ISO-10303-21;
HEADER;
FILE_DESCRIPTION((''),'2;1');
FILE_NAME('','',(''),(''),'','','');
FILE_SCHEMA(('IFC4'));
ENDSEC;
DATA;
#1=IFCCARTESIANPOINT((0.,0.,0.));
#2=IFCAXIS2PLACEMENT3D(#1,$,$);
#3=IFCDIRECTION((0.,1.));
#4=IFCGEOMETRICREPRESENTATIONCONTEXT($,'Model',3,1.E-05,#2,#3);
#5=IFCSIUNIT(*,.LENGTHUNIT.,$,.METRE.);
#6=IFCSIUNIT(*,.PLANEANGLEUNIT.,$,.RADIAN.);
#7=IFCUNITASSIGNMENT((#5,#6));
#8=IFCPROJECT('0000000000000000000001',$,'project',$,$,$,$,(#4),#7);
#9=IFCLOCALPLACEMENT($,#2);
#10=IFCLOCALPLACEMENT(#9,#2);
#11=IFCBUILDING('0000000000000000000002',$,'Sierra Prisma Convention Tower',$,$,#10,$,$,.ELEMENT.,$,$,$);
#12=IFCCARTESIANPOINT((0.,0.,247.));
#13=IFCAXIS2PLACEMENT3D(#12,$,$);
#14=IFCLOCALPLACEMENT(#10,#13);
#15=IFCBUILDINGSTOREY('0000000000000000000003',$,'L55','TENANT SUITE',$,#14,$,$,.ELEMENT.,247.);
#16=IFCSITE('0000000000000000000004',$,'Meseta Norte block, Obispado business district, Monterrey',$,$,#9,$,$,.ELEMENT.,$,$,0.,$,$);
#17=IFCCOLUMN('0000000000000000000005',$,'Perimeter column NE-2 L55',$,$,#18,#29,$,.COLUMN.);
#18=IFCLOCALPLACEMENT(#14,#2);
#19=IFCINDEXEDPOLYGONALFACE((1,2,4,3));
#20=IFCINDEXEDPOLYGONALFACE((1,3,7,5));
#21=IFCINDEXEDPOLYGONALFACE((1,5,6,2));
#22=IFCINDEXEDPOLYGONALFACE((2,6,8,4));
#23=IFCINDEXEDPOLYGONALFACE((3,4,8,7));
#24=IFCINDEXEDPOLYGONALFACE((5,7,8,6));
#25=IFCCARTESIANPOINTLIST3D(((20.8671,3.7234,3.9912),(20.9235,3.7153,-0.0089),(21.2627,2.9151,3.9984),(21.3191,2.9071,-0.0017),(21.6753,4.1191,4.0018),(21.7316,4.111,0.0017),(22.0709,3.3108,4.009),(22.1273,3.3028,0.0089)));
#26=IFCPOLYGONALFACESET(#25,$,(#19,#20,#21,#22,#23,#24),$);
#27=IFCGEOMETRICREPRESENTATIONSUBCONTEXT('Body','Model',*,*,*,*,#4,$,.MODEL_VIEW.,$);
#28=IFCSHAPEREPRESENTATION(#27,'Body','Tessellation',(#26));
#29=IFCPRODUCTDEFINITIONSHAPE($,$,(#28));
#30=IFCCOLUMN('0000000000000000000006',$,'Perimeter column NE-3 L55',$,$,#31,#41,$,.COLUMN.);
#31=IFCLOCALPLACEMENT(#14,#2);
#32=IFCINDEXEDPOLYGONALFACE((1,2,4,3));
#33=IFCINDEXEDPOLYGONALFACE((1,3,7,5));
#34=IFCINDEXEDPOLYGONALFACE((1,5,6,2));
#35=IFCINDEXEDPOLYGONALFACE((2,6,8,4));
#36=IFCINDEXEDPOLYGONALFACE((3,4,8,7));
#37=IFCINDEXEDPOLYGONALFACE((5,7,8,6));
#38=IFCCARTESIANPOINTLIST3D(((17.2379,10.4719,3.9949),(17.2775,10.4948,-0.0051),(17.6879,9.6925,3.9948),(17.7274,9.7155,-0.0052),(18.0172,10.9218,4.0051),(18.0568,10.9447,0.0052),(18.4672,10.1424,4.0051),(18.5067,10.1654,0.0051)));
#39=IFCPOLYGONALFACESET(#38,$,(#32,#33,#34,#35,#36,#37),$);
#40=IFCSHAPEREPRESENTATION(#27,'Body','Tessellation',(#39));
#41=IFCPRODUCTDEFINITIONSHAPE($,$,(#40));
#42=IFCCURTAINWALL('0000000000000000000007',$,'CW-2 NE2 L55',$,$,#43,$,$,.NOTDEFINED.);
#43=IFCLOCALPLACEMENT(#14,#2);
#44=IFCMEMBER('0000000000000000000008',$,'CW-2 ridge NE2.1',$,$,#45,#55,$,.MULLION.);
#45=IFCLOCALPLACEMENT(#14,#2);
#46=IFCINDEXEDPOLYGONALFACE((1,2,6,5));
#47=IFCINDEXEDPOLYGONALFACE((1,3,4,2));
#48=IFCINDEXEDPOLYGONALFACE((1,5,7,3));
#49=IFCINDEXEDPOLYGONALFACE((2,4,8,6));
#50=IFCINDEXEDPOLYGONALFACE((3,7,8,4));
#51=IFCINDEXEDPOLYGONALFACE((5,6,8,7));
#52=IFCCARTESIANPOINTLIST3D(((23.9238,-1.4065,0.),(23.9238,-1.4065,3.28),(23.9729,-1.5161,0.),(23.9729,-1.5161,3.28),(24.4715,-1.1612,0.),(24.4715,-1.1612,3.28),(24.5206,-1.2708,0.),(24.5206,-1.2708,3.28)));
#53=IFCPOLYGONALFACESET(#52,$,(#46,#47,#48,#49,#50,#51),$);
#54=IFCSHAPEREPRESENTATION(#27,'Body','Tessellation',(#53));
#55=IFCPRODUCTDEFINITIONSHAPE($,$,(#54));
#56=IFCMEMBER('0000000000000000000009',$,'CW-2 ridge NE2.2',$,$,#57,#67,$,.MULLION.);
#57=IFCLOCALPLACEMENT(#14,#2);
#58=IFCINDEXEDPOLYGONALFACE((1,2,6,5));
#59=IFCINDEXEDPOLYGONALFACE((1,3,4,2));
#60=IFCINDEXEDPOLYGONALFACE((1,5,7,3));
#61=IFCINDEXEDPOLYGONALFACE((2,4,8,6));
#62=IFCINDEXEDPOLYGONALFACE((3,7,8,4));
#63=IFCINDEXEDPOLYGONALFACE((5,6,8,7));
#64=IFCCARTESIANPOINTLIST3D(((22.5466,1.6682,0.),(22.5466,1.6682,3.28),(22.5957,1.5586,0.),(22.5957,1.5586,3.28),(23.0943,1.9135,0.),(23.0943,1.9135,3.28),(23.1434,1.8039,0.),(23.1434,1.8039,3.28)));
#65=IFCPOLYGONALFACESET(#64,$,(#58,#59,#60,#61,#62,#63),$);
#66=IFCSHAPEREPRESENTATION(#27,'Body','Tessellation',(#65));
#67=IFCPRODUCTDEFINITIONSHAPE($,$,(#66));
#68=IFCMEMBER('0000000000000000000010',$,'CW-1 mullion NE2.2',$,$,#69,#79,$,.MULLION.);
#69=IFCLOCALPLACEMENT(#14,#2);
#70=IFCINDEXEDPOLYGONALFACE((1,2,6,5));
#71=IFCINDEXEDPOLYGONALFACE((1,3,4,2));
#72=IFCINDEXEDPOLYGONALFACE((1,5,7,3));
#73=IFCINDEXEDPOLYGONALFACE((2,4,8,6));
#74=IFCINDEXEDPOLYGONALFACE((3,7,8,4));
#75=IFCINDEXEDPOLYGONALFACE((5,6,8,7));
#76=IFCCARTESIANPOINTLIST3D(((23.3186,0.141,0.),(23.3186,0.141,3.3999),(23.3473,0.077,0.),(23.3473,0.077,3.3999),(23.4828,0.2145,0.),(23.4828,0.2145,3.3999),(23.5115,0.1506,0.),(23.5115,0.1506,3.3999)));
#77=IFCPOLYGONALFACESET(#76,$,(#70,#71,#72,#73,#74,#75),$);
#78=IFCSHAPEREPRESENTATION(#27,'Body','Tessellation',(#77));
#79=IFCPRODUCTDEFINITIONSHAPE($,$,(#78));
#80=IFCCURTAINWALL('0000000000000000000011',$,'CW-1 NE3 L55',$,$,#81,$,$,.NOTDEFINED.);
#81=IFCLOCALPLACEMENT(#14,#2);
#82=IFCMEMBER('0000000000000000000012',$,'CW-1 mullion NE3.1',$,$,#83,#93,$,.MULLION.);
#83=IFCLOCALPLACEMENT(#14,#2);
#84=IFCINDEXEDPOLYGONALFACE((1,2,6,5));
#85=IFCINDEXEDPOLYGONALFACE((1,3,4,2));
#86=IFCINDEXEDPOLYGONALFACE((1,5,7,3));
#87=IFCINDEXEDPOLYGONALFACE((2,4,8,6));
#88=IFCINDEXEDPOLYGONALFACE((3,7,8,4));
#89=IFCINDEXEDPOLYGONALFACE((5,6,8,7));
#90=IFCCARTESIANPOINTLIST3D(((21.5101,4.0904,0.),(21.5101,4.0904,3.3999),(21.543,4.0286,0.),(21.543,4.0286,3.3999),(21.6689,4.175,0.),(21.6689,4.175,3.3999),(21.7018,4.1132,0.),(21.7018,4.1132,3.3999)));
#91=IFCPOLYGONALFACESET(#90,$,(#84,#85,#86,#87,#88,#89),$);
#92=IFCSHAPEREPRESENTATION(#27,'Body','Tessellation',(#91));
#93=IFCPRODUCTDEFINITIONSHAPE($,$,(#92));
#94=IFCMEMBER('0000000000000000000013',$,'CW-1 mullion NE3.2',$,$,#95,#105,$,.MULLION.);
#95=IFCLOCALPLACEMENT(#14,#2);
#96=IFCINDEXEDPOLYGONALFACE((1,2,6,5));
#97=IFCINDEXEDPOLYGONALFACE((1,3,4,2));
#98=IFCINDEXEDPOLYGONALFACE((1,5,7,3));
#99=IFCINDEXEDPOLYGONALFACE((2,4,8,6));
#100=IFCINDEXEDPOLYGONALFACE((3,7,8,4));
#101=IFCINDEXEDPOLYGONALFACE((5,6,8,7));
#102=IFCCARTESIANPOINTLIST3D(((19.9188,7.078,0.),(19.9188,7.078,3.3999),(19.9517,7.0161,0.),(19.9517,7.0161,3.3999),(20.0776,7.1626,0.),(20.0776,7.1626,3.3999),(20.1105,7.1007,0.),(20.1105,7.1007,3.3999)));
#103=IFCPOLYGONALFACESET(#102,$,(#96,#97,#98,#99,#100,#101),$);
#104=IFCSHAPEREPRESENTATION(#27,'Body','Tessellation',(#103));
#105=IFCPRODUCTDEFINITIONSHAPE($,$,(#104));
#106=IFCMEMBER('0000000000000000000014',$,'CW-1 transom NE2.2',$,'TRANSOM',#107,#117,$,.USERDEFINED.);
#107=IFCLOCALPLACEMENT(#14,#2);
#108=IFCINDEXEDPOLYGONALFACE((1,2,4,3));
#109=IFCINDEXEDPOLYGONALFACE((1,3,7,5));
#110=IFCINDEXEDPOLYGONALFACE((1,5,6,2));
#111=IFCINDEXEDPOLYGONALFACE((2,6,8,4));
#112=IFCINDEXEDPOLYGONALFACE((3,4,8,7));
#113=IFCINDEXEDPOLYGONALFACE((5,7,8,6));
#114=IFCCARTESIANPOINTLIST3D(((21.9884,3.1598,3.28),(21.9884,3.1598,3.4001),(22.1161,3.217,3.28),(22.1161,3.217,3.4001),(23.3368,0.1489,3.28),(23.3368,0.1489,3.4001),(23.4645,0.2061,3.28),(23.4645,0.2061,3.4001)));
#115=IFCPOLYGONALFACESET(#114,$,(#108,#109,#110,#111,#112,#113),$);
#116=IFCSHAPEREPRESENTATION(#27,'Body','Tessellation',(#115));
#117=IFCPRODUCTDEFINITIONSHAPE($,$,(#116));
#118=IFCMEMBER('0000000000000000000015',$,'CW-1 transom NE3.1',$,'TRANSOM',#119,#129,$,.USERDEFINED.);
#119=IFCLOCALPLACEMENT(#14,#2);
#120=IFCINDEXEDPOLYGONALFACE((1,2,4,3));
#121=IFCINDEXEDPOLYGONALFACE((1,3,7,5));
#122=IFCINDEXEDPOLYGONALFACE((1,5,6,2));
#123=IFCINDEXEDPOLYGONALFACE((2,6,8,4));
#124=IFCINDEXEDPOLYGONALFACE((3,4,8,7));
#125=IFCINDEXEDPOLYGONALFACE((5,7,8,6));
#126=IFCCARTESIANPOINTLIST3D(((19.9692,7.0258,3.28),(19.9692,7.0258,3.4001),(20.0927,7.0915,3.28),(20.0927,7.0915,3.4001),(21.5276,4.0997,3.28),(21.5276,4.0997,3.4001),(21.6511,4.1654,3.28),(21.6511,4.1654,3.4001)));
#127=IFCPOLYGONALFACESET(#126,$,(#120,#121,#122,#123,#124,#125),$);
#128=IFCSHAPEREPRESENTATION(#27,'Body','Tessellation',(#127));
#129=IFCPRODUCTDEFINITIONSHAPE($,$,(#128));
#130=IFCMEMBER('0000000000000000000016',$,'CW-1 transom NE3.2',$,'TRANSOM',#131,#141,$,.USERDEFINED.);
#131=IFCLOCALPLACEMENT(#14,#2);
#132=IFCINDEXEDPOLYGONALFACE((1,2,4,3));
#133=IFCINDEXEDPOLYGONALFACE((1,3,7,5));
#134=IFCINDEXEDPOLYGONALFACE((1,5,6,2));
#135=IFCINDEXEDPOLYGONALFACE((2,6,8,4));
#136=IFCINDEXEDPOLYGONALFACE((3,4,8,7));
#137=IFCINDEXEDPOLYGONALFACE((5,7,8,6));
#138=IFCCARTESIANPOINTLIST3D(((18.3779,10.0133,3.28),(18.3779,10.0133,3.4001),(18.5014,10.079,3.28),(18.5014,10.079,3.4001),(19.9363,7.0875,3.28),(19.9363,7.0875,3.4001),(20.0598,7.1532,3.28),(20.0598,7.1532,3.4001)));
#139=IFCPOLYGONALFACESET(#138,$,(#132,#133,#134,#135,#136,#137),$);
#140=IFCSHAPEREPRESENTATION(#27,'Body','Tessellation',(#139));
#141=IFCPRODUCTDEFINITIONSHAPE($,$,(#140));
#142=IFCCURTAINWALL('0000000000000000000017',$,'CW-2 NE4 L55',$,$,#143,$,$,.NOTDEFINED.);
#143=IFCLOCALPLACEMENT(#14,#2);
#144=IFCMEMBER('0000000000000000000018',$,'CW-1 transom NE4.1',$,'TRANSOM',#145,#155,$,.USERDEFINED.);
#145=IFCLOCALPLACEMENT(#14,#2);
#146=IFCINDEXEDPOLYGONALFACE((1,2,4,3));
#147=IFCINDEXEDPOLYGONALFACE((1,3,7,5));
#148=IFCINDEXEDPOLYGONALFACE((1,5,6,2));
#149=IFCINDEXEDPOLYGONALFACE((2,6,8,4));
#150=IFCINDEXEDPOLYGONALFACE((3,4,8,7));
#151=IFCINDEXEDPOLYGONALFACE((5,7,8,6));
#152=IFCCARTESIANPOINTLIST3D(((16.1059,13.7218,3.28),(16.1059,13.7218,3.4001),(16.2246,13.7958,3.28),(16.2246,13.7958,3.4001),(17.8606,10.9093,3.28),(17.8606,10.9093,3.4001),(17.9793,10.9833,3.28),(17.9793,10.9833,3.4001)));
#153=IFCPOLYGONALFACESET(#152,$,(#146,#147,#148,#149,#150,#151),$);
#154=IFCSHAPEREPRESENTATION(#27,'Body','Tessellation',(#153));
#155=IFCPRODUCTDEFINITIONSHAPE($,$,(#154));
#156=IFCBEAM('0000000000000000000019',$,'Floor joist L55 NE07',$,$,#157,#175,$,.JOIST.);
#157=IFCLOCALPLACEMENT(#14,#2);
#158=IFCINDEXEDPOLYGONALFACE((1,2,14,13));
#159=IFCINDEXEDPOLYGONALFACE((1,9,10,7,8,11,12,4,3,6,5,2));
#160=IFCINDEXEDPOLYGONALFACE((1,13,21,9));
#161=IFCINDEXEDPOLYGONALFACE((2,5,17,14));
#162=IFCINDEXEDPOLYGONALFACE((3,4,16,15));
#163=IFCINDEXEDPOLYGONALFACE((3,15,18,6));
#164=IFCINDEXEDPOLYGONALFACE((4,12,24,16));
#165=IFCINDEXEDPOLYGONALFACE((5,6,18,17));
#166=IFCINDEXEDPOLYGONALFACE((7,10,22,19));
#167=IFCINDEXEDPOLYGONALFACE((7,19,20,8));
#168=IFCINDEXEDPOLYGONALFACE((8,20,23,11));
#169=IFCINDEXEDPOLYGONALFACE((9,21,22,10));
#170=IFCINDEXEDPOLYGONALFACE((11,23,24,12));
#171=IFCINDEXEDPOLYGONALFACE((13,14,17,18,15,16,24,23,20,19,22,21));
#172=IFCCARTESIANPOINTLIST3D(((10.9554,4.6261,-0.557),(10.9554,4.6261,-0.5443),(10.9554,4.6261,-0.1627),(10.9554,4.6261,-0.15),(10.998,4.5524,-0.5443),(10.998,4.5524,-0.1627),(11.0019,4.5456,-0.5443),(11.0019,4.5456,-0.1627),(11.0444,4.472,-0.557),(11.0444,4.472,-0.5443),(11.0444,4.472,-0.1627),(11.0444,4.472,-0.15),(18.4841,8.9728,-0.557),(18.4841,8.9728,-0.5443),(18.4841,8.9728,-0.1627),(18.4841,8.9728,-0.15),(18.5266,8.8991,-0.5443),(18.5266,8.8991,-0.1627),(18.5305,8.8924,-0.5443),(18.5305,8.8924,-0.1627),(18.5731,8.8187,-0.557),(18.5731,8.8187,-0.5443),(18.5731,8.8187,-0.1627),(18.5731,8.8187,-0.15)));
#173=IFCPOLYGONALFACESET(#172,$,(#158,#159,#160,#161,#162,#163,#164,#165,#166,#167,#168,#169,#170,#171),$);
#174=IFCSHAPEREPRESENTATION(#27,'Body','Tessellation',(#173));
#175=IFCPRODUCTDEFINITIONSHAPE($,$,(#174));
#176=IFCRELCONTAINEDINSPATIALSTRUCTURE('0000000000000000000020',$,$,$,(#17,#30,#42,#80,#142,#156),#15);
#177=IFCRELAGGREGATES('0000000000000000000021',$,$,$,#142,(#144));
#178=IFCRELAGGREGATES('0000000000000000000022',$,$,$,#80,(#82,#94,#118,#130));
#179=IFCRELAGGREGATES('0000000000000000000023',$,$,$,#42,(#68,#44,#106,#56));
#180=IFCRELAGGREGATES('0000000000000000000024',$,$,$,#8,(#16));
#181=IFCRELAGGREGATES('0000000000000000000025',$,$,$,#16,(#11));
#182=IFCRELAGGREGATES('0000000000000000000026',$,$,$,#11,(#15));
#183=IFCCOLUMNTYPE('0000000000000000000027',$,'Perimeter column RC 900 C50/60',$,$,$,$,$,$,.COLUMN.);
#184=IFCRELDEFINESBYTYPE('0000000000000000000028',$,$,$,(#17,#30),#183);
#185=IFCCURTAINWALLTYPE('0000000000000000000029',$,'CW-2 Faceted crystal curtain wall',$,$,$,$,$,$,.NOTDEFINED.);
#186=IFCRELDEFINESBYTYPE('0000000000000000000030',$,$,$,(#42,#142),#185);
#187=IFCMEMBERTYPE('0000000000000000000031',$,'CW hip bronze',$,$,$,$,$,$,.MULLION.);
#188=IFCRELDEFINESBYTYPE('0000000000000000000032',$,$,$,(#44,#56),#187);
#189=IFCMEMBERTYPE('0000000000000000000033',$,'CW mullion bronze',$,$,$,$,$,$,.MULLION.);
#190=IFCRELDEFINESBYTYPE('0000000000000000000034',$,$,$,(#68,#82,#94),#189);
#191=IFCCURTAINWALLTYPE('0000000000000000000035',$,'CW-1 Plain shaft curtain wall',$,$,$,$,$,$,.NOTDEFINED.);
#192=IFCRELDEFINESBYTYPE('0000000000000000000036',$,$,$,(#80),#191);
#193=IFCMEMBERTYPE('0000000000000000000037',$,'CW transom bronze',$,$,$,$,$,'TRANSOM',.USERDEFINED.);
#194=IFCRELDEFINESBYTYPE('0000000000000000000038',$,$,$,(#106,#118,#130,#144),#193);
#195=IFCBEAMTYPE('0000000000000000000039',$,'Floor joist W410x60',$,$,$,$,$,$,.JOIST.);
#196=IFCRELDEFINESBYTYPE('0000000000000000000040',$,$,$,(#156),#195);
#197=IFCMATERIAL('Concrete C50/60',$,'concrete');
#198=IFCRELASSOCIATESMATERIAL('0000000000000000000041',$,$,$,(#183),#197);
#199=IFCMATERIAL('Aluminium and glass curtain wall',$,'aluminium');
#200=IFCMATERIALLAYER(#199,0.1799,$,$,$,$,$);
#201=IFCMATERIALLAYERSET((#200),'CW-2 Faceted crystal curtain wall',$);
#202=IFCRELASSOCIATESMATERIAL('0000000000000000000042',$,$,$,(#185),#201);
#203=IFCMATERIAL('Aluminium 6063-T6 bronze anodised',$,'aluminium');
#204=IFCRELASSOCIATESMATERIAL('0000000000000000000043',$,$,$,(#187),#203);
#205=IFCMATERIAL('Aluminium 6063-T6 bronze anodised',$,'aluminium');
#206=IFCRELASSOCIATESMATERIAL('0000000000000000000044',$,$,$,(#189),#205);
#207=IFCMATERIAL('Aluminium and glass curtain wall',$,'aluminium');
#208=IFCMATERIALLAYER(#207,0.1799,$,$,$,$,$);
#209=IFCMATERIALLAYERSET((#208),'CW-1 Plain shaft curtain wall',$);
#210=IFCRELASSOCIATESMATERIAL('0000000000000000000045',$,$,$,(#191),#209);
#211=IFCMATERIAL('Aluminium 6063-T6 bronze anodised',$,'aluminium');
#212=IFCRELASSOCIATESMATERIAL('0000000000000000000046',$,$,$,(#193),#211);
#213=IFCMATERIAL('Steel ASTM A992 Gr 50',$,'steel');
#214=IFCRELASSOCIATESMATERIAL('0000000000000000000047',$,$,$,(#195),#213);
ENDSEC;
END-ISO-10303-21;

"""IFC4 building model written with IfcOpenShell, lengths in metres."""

from ifc_helpers import new_model, si_unit, direction, frame, origin, origin_2d, place, context, subcontext, project, spatial, rectangle, i_section, extrude, material, layer, layer_set, material_profile, profile_set, type_object, element, aggregate, save


model = new_model("IFC4")

# Units and contexts
model_context = context("Model", 3, precision=1e-05, world=origin(), true_north=direction((0.0, 1.0)))
body_context = subcontext(model_context, "Body", "Model", "MODEL_VIEW")
ifc_project = project(units=[si_unit("LENGTHUNIT", "METRE"), si_unit("PLANEANGLEUNIT", "RADIAN")], contexts=[model_context])

# Site, building, storey
site_placement = place(None, origin())
site = spatial("IfcSite", under=ifc_project, at=site_placement, Name="Meseta Norte block, Obispado business district, Monterrey", CompositionType="ELEMENT", RefElevation=0.0)
building_placement = place(site_placement, origin())
building = spatial("IfcBuilding", under=site, at=building_placement, Name="Sierra Prisma Convention Tower", CompositionType="ELEMENT")
storey_placement = place(building_placement, frame((0.0, 0.0, 247.0)))
storey = spatial("IfcBuildingStorey", under=building, at=storey_placement, Name="L55", Description="TENANT SUITE", CompositionType="ELEMENT", Elevation=247.0)

# Columns
ifc_material_1 = material(Name="Concrete C50/60", Category="concrete")
ifc_material_profile_1 = material_profile(ifc_material_1, rectangle(XDim=0.8999, YDim=0.8999, at=origin_2d()), Name="Perimeter column RC 900 C50/60")
ifc_profile_set_1 = profile_set([ifc_material_profile_1], Name="Concrete C50/60")
column_type = type_object("IfcColumnType", Name="Perimeter column RC 900 C50/60", PredefinedType="COLUMN", material=ifc_profile_set_1)
column_1_placement = place(storey_placement, frame((21.5254, 3.509, 0.0), z_axis=(-0.014098, 0.002014, 0.999899), x_axis=(-0.439656, 0.898131, -0.008008)))
element("IfcColumn", 1, at=column_1_placement, inside=storey, type_object=column_type, Name="Perimeter column NE-2 L55", PredefinedType="COLUMN", context=body_context, shape_type="SweptSolid", body=[
    extrude(rectangle(XDim=0.8999, YDim=0.8999, at=origin_2d()), origin(), (0.0, 0.0, 1.0), 4.0005),
])
column_2_placement = place(storey_placement, frame((17.8921, 10.3301, 0.0), z_axis=(-0.009887, -0.005737, 0.999935), x_axis=(-0.499976, 0.86604, 0.000025)))
element("IfcColumn", 2, at=column_2_placement, inside=storey, type_object=column_type, Name="Perimeter column NE-3 L55", PredefinedType="COLUMN", context=body_context, shape_type="SweptSolid", body=[
    extrude(rectangle(XDim=0.8999, YDim=0.8999, at=origin_2d()), origin(), (0.0, 0.0, 1.0), 4.0002),
])

# Curtain walls, members
ifc_material_2 = material(Name="Aluminium and glass curtain wall", Category="aluminium")
ifc_layer_1 = layer(ifc_material_2, 0.1799)
ifc_layer_set_1 = layer_set([ifc_layer_1], Name="CW-2 Faceted crystal curtain wall")
curtain_wall_type_1 = type_object("IfcCurtainWallType", Name="CW-2 Faceted crystal curtain wall", PredefinedType="NOTDEFINED", material=ifc_layer_set_1)
curtain_wall_1_placement = place(storey_placement, origin())
curtain_wall_1 = element("IfcCurtainWall", 3, at=curtain_wall_1_placement, inside=storey, type_object=curtain_wall_type_1, Name="CW-2 NE2 L55", PredefinedType="NOTDEFINED")
ifc_material_3 = material(Name="Aluminium 6063-T6 bronze anodised", Category="aluminium")
ifc_material_profile_2 = material_profile(ifc_material_3, rectangle(XDim=0.1201, YDim=0.6001, at=origin_2d()), Name="ALU RIDGE BLADE 120x600")
ifc_profile_set_2 = profile_set([ifc_material_profile_2], Name="Aluminium 6063-T6 bronze anodised")
member_type_1 = type_object("IfcMemberType", Name="CW hip bronze", PredefinedType="MULLION", material=ifc_profile_set_2)
member_1_placement = place(storey_placement, frame((24.2222, -1.3386, 0.0), z_axis=(0.0, 0.0, 1.0), x_axis=(-0.408762, 0.912641, 0.0)))
member_1 = element("IfcMember", 4, at=member_1_placement, type_object=member_type_1, Name="CW-2 ridge NE2.1", PredefinedType="MULLION", context=body_context, shape_type="SweptSolid", body=[
    extrude(rectangle(XDim=0.1201, YDim=0.6001, at=origin_2d()), origin(), (0.0, 0.0, 1.0), 3.28),
])
member_2_placement = place(storey_placement, frame((22.845, 1.7361, 0.0), z_axis=(0.0, 0.0, 1.0), x_axis=(-0.408762, 0.912641, 0.0)))
member_2 = element("IfcMember", 5, at=member_2_placement, type_object=member_type_1, Name="CW-2 ridge NE2.2", PredefinedType="MULLION", context=body_context, shape_type="SweptSolid", body=[
    extrude(rectangle(XDim=0.1201, YDim=0.6001, at=origin_2d()), origin(), (0.0, 0.0, 1.0), 3.28),
])
ifc_material_4 = material(Name="Aluminium 6063-T6 bronze anodised", Category="aluminium")
ifc_material_profile_3 = material_profile(ifc_material_4, rectangle(XDim=0.1799, YDim=0.0701, at=origin_2d()), Name="ALU MULLION 70x180")
ifc_profile_set_3 = profile_set([ifc_material_profile_3], Name="Aluminium 6063-T6 bronze anodised")
member_type_2 = type_object("IfcMemberType", Name="CW mullion bronze", PredefinedType="MULLION", material=ifc_profile_set_3)
member_3_placement = place(storey_placement, frame((23.415, 0.1458, 0.0), z_axis=(0.0, 0.0, 1.0), x_axis=(-0.912641, -0.408762, 0.0)))
member_3 = element("IfcMember", 6, at=member_3_placement, type_object=member_type_2, Name="CW-1 mullion NE2.2", PredefinedType="MULLION", context=body_context, shape_type="SweptSolid", body=[
    extrude(rectangle(XDim=0.1799, YDim=0.0701, at=origin_2d()), origin(), (0.0, 0.0, 1.0), 3.3999),
])
ifc_material_5 = material(Name="Aluminium and glass curtain wall", Category="aluminium")
ifc_layer_2 = layer(ifc_material_5, 0.1799)
ifc_layer_set_2 = layer_set([ifc_layer_2], Name="CW-1 Plain shaft curtain wall")
curtain_wall_type_2 = type_object("IfcCurtainWallType", Name="CW-1 Plain shaft curtain wall", PredefinedType="NOTDEFINED", material=ifc_layer_set_2)
curtain_wall_2_placement = place(storey_placement, origin())
curtain_wall_2 = element("IfcCurtainWall", 7, at=curtain_wall_2_placement, inside=storey, type_object=curtain_wall_type_2, Name="CW-1 NE3 L55", PredefinedType="NOTDEFINED")
member_4_placement = place(storey_placement, frame((21.606, 4.1018, 0.0), z_axis=(0.0, 0.0, 1.0), x_axis=(-0.8826, -0.470124, 0.0)))
member_4 = element("IfcMember", 8, at=member_4_placement, type_object=member_type_2, Name="CW-1 mullion NE3.1", PredefinedType="MULLION", context=body_context, shape_type="SweptSolid", body=[
    extrude(rectangle(XDim=0.1799, YDim=0.0701, at=origin_2d()), origin(), (0.0, 0.0, 1.0), 3.3999),
])
member_5_placement = place(storey_placement, frame((20.0146, 7.0894, 0.0), z_axis=(0.0, 0.0, 1.0), x_axis=(-0.8826, -0.470124, 0.0)))
member_5 = element("IfcMember", 9, at=member_5_placement, type_object=member_type_2, Name="CW-1 mullion NE3.2", PredefinedType="MULLION", context=body_context, shape_type="SweptSolid", body=[
    extrude(rectangle(XDim=0.1799, YDim=0.0701, at=origin_2d()), origin(), (0.0, 0.0, 1.0), 3.3999),
])

# Members
ifc_material_6 = material(Name="Aluminium 6063-T6 bronze anodised", Category="aluminium")
ifc_material_profile_4 = material_profile(ifc_material_6, rectangle(XDim=0.1399, YDim=0.1201, at=origin_2d()), Name="ALU TRANSOM 120x140")
ifc_profile_set_4 = profile_set([ifc_material_profile_4], Name="Aluminium 6063-T6 bronze anodised")
member_type_3 = type_object("IfcMemberType", Name="CW transom bronze", ElementType="TRANSOM", PredefinedType="USERDEFINED", material=ifc_profile_set_4)
member_6_placement = place(storey_placement, frame((23.4006, 0.1775, 3.3401), z_axis=(-0.408712, 0.912664, 0.0), x_axis=(-0.912664, -0.408712, 0.0)))
member_6 = element("IfcMember", 10, at=member_6_placement, type_object=member_type_3, Name="CW-1 transom NE2.2", ObjectType="TRANSOM", PredefinedType="USERDEFINED", context=body_context, shape_type="SweptSolid", body=[
    extrude(rectangle(XDim=0.1399, YDim=0.1201, at=origin_2d()), origin(), (0.0, 0.0, 1.0), 3.2991),
])
member_7_placement = place(storey_placement, frame((21.5894, 4.1326, 3.3401), z_axis=(-0.470072, 0.882628, 0.0), x_axis=(-0.882628, -0.470072, 0.0)))
member_7 = element("IfcMember", 11, at=member_7_placement, type_object=member_type_3, Name="CW-1 transom NE3.1", ObjectType="TRANSOM", PredefinedType="USERDEFINED", context=body_context, shape_type="SweptSolid", body=[
    extrude(rectangle(XDim=0.1399, YDim=0.1201, at=origin_2d()), origin(), (0.0, 0.0, 1.0), 3.3152),
])
member_8_placement = place(storey_placement, frame((19.998, 7.1204, 3.3401), z_axis=(-0.470103, 0.882612, 0.0), x_axis=(-0.882612, -0.470103, 0.0)))
member_8 = element("IfcMember", 12, at=member_8_placement, type_object=member_type_3, Name="CW-1 transom NE3.2", ObjectType="TRANSOM", PredefinedType="USERDEFINED", context=body_context, shape_type="SweptSolid", body=[
    extrude(rectangle(XDim=0.1399, YDim=0.1201, at=origin_2d()), origin(), (0.0, 0.0, 1.0), 3.3149),
])

# Curtain wall, member
curtain_wall_3_placement = place(storey_placement, origin())
curtain_wall_3 = element("IfcCurtainWall", 13, at=curtain_wall_3_placement, inside=storey, type_object=curtain_wall_type_1, Name="CW-2 NE4 L55", PredefinedType="NOTDEFINED")
member_9_placement = place(storey_placement, frame((17.9199, 10.9463, 3.3401), z_axis=(-0.52931, 0.848428, 0.0), x_axis=(-0.848428, -0.52931, 0.0)))
member_9 = element("IfcMember", 14, at=member_9_placement, type_object=member_type_3, Name="CW-1 transom NE4.1", ObjectType="TRANSOM", PredefinedType="USERDEFINED", context=body_context, shape_type="SweptSolid", body=[
    extrude(rectangle(XDim=0.1399, YDim=0.1201, at=origin_2d()), origin(), (0.0, 0.0, 1.0), 3.3149),
])
aggregate(curtain_wall_3, [member_9])

# Beam
ifc_material_7 = material(Name="Steel ASTM A992 Gr 50", Category="steel")
ifc_material_profile_5 = material_profile(ifc_material_7, i_section(OverallWidth=0.178, OverallDepth=0.407, WebThickness=0.0078, FlangeThickness=0.0127, at=origin_2d()), Name="W410x60")
ifc_profile_set_5 = profile_set([ifc_material_profile_5], Name="Steel ASTM A992 Gr 50")
beam_type_1 = type_object("IfcBeamType", Name="Floor joist W410x60", PredefinedType="JOIST", material=ifc_profile_set_5)
beam_1_placement = place(storey_placement, frame((18.5286, 8.8958, -0.3535), z_axis=(-0.866022, -0.500005, 0.0), x_axis=(0.500005, -0.866022, 0.0)))
element("IfcBeam", 15, at=beam_1_placement, inside=storey, type_object=beam_type_1, Name="Floor joist L55 NE07", PredefinedType="JOIST", context=body_context, shape_type="SweptSolid", body=[
    extrude(i_section(OverallWidth=0.178, OverallDepth=0.407, WebThickness=0.0078, FlangeThickness=0.0127, at=origin_2d()), origin(), (0.0, 0.0, 1.0), 8.6934),
])

aggregate(curtain_wall_2, [member_4, member_5, member_7, member_8])
aggregate(curtain_wall_1, [member_3, member_1, member_6, member_2])

save(model, "model.ifc")
